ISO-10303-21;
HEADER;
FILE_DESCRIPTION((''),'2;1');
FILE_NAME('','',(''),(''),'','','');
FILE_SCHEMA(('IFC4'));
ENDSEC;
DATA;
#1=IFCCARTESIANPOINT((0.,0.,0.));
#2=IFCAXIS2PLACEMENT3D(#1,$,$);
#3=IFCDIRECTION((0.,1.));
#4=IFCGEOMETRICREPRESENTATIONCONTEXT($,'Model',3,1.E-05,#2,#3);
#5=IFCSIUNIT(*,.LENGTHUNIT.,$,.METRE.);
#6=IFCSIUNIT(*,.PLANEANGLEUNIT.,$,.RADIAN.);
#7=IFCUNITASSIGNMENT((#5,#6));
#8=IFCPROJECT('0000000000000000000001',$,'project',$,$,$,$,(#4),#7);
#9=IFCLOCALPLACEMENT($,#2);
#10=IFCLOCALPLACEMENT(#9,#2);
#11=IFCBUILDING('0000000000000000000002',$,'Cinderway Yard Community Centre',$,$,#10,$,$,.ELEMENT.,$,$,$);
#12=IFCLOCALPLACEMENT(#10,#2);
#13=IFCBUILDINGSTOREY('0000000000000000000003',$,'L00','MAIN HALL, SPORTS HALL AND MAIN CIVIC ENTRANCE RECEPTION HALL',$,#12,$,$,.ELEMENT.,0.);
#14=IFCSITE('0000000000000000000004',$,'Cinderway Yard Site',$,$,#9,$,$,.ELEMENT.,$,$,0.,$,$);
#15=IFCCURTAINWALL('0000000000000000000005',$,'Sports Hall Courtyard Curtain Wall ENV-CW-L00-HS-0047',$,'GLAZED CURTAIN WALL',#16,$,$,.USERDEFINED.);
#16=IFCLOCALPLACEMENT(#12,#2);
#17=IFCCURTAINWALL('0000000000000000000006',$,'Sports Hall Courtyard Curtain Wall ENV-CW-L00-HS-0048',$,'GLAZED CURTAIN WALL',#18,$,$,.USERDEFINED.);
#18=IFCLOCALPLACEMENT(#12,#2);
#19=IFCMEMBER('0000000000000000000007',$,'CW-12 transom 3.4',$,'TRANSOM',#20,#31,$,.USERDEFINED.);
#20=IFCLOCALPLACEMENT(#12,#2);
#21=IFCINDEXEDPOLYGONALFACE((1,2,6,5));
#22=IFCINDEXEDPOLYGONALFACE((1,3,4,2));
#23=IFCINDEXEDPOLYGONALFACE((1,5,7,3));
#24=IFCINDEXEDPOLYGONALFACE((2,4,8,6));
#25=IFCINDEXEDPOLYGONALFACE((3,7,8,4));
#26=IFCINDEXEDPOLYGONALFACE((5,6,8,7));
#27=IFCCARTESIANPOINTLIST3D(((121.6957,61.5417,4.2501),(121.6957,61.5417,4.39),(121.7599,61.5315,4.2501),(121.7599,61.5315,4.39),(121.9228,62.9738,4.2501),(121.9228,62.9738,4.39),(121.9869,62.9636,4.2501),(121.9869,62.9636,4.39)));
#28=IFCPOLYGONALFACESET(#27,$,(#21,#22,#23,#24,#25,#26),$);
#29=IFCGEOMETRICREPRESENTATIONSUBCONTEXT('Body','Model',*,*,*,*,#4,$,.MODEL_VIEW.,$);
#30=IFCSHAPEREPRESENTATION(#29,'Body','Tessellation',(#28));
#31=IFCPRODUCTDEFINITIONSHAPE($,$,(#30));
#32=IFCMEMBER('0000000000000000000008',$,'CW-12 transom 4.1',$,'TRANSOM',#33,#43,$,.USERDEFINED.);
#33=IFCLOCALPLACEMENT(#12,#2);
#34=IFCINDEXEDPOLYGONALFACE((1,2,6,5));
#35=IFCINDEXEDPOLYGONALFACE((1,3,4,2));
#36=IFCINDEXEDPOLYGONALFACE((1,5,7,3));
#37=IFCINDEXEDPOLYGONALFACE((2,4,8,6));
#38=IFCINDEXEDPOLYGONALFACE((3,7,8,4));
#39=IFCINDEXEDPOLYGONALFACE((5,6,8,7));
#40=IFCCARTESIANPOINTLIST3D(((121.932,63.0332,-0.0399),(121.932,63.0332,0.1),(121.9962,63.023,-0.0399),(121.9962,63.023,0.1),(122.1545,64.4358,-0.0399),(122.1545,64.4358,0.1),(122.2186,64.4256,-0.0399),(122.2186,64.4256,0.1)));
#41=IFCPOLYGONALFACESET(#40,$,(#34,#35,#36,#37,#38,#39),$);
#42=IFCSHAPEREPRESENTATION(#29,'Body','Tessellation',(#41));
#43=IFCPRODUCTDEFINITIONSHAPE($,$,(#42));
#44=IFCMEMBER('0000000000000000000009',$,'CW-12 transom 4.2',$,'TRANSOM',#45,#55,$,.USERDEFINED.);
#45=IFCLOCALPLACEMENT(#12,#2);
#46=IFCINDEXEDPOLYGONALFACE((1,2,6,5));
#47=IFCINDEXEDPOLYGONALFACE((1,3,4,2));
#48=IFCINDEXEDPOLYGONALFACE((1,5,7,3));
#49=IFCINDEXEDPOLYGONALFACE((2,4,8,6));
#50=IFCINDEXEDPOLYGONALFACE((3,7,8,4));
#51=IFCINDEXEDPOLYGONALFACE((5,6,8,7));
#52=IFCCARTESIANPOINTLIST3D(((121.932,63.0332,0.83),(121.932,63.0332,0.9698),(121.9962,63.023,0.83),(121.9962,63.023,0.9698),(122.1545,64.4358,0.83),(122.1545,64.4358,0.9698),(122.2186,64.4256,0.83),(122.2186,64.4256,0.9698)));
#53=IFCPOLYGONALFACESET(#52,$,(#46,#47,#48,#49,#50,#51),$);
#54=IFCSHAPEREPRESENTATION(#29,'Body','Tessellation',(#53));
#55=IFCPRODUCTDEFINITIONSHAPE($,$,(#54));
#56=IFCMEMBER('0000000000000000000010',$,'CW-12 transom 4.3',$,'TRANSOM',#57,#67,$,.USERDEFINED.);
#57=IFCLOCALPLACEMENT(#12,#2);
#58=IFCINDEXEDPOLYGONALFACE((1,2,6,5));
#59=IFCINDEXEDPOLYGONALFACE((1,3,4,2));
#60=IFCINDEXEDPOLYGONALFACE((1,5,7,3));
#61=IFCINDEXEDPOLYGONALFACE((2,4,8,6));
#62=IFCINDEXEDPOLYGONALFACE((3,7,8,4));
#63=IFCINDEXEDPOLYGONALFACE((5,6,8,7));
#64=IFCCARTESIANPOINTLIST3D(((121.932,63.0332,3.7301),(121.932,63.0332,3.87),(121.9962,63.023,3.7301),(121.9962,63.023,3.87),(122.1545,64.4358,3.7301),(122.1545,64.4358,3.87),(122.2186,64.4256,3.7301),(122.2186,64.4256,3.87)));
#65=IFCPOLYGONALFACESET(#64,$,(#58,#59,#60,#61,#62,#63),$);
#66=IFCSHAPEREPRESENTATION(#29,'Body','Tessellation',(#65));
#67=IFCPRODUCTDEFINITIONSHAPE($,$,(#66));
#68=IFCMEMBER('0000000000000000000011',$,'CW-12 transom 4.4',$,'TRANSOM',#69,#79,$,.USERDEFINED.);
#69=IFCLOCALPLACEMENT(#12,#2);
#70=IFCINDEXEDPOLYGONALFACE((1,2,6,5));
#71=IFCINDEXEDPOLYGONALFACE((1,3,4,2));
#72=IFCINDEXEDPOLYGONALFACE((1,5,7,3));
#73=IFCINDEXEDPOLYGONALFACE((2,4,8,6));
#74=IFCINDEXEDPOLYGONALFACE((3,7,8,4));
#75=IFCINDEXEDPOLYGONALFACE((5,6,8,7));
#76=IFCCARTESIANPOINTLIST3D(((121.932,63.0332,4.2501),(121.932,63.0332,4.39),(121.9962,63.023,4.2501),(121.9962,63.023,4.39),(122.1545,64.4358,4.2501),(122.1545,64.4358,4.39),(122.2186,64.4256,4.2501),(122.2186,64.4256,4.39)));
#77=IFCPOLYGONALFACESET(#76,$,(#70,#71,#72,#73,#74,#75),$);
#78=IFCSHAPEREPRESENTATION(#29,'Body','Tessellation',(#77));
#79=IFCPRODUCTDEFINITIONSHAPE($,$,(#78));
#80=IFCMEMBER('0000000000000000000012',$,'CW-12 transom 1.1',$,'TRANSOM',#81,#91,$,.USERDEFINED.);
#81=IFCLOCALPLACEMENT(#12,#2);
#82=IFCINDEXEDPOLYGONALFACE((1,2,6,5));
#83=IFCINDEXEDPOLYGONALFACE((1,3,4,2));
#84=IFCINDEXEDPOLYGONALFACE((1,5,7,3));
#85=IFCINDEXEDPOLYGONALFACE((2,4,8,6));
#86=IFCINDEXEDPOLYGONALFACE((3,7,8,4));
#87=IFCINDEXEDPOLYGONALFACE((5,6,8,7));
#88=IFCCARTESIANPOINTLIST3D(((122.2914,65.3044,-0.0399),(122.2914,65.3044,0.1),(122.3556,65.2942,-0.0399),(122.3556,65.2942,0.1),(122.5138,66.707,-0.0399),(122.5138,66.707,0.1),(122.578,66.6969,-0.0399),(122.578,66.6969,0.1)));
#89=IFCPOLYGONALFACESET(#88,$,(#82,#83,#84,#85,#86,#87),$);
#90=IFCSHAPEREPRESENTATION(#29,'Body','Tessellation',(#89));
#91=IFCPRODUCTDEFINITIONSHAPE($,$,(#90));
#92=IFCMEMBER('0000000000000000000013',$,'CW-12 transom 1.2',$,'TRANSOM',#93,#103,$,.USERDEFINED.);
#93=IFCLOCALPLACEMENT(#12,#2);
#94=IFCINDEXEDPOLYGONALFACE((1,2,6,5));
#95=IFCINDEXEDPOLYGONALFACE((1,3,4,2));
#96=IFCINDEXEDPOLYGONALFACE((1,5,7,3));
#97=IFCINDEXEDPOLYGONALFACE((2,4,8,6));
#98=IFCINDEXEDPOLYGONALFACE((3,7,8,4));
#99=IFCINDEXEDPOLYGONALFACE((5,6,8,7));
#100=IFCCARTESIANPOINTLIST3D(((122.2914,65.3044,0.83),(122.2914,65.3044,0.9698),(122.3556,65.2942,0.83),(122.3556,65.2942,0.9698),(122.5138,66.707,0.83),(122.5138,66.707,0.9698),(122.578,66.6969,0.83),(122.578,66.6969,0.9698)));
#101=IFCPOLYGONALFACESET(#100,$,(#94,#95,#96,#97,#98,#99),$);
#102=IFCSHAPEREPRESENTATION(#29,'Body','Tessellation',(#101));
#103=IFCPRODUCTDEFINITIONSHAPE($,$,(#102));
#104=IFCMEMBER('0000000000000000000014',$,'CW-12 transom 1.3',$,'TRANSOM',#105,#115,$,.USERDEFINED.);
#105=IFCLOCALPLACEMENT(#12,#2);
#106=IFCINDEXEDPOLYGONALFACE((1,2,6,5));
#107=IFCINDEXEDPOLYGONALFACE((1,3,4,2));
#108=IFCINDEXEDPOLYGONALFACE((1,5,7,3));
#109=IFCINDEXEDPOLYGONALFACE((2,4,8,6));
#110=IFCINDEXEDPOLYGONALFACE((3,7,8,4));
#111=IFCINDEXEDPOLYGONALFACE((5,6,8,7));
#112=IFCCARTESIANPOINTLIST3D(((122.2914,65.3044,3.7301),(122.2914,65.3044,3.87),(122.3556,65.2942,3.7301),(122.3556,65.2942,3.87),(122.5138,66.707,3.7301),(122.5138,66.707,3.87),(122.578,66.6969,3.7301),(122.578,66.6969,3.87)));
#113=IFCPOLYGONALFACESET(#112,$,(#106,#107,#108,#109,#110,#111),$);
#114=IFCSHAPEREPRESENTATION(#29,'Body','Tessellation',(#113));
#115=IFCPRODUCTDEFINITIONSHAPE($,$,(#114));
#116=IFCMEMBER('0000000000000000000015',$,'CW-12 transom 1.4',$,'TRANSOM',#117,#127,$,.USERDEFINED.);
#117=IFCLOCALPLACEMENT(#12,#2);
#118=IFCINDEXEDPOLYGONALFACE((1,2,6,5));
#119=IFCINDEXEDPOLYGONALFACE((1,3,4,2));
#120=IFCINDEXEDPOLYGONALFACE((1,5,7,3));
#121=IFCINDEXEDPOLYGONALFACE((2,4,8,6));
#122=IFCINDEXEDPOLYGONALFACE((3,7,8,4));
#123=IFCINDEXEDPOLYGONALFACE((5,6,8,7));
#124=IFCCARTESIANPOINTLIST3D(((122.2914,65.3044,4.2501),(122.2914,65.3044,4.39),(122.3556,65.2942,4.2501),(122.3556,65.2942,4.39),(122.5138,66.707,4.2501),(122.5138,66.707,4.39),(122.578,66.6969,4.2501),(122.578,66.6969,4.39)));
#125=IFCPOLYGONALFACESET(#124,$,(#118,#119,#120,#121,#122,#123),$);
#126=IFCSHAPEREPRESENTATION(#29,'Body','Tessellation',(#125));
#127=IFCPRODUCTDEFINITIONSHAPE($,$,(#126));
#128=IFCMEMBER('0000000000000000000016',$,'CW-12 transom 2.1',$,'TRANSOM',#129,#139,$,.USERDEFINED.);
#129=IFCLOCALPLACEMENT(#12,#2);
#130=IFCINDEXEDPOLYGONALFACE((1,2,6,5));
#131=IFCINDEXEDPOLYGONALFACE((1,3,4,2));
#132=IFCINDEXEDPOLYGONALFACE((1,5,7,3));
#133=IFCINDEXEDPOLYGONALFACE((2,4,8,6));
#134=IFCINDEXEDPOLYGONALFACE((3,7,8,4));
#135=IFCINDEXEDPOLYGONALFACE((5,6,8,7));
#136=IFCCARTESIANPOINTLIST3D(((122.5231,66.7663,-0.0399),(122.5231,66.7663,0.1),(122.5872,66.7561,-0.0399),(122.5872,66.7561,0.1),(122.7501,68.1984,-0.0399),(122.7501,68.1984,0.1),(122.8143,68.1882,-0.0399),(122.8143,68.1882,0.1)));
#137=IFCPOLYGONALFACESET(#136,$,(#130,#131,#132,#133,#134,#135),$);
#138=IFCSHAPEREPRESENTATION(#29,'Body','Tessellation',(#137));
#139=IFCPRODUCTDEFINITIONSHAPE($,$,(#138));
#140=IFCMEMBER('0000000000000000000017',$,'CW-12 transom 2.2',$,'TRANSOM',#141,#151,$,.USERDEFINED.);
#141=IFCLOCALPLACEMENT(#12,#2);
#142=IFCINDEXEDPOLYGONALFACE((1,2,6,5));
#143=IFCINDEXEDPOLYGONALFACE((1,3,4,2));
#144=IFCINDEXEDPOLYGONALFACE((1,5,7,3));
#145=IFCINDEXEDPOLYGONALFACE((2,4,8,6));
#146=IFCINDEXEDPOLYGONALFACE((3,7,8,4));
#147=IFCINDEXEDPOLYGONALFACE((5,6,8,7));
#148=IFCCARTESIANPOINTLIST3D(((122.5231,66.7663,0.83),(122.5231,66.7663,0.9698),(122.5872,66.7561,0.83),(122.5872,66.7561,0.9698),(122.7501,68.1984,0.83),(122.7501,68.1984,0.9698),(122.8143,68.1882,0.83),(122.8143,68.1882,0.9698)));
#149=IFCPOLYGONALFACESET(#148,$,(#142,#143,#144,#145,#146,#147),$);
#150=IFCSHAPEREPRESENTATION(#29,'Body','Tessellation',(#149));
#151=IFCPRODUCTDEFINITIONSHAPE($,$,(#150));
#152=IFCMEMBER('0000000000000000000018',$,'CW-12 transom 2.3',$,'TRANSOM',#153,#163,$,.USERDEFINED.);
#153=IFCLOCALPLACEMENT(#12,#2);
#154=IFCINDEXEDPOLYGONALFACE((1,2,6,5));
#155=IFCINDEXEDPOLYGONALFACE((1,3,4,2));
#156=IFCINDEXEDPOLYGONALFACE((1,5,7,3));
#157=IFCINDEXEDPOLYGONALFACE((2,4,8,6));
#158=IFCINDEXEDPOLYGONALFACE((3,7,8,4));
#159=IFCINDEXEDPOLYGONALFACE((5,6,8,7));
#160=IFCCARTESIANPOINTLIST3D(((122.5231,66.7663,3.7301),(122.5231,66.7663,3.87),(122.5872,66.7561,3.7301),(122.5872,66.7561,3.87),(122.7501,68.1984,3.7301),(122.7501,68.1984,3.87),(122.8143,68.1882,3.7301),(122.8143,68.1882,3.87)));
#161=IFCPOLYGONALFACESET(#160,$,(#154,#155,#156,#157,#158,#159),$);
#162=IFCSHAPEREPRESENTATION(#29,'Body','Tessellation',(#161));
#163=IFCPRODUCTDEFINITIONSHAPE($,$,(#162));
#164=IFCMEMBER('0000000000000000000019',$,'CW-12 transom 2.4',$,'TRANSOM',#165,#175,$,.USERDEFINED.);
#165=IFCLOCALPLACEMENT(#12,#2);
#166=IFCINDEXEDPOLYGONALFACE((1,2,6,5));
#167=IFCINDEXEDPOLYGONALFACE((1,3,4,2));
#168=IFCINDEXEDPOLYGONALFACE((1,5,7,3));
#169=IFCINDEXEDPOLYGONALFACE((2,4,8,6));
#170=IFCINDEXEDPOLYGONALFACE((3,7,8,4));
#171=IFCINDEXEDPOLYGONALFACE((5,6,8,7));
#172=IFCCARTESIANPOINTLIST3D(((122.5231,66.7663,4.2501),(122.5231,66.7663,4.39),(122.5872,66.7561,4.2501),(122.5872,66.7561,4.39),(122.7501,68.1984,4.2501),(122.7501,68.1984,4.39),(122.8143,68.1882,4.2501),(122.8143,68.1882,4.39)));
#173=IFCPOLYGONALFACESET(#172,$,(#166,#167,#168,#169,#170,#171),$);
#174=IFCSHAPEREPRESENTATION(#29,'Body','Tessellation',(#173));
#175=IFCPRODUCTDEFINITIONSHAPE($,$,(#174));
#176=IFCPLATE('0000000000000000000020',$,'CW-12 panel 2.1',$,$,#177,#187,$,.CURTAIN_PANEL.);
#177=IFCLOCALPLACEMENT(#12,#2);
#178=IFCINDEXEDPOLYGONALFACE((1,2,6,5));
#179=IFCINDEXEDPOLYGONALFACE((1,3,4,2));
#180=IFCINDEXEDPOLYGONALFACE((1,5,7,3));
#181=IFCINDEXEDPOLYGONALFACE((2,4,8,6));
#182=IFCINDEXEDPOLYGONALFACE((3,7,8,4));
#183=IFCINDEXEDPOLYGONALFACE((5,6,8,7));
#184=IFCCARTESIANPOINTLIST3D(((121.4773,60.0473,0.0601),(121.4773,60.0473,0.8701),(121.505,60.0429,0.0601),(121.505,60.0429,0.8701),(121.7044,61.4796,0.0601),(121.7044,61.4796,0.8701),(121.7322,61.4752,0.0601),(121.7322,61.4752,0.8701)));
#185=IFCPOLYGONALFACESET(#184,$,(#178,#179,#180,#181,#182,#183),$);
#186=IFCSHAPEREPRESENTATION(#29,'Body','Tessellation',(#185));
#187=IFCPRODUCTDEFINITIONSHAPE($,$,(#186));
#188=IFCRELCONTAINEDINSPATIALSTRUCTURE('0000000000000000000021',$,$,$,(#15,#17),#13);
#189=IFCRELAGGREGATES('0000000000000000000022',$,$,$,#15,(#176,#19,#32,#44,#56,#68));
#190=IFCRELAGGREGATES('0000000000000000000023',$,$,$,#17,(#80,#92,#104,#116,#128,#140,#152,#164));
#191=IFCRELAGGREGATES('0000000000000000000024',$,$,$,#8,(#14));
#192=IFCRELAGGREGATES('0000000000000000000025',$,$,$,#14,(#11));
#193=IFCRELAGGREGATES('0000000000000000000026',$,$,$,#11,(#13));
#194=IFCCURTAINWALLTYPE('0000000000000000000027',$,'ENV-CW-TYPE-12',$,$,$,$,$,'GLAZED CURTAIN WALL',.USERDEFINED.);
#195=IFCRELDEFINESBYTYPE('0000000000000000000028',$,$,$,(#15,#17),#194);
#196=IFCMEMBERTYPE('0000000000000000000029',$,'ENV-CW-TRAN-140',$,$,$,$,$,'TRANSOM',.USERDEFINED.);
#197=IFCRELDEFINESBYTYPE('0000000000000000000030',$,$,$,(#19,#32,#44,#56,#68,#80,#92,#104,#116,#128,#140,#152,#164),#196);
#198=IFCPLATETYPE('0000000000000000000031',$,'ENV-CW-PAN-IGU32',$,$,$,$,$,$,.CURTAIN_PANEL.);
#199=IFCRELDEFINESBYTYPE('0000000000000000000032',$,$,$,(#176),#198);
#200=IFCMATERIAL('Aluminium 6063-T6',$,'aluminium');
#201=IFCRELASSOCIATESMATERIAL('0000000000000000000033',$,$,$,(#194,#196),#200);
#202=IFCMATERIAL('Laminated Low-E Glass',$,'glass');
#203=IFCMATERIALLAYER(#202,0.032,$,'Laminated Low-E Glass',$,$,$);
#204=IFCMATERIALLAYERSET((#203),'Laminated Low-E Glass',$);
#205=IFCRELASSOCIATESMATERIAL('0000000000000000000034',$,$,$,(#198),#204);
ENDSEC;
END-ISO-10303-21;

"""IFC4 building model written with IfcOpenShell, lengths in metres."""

from ifc_helpers import new_model, si_unit, direction, frame, origin, origin_2d, place, context, subcontext, project, spatial, rectangle, extrude, material, layer, layer_set, material_profile, profile_set, type_object, element, aggregate, save


model = new_model("IFC4")

# Units and contexts
model_context = context("Model", 3, precision=1e-05, world=origin(), true_north=direction((0.0, 1.0)))
body_context = subcontext(model_context, "Body", "Model", "MODEL_VIEW")
ifc_project = project(units=[si_unit("LENGTHUNIT", "METRE"), si_unit("PLANEANGLEUNIT", "RADIAN")], contexts=[model_context])

# Site, building, storey
site_placement = place(None, origin())
site = spatial("IfcSite", under=ifc_project, at=site_placement, Name="Cinderway Yard Site", CompositionType="ELEMENT", RefElevation=0.0)
building_placement = place(site_placement, origin())
building = spatial("IfcBuilding", under=site, at=building_placement, Name="Cinderway Yard Community Centre", CompositionType="ELEMENT")
storey_placement = place(building_placement, origin())
storey = spatial("IfcBuildingStorey", under=building, at=storey_placement, Name="L00", Description="MAIN HALL, SPORTS HALL AND MAIN CIVIC ENTRANCE RECEPTION HALL", CompositionType="ELEMENT", Elevation=0.0)

# Curtain walls
ifc_material_1 = material(Name="Aluminium 6063-T6", Category="aluminium")
curtain_wall_type = type_object("IfcCurtainWallType", Name="ENV-CW-TYPE-12", ElementType="GLAZED CURTAIN WALL", PredefinedType="USERDEFINED", material=ifc_material_1)
curtain_wall_1_placement = place(storey_placement, origin())
curtain_wall_1 = element("IfcCurtainWall", 1, at=curtain_wall_1_placement, inside=storey, type_object=curtain_wall_type, Name="Sports Hall Courtyard Curtain Wall ENV-CW-L00-HS-0047", ObjectType="GLAZED CURTAIN WALL", PredefinedType="USERDEFINED")
curtain_wall_2_placement = place(storey_placement, origin())
curtain_wall_2 = element("IfcCurtainWall", 2, at=curtain_wall_2_placement, inside=storey, type_object=curtain_wall_type, Name="Sports Hall Courtyard Curtain Wall ENV-CW-L00-HS-0048", ObjectType="GLAZED CURTAIN WALL", PredefinedType="USERDEFINED")

# Members
ifc_material_profile_1 = material_profile(ifc_material_1, rectangle(XDim=0.0649, YDim=0.1399, at=origin_2d()), Name="Aluminium 6063-T6")
ifc_profile_set_1 = profile_set([ifc_material_profile_1], Name="Aluminium 6063-T6")
member_type_1 = type_object("IfcMemberType", Name="ENV-CW-TRAN-140", ElementType="TRANSOM", PredefinedType="USERDEFINED", material=ifc_profile_set_1)
member_1_placement = place(storey_placement, frame((121.7278, 61.5366, 4.3201), z_axis=(0.156585, 0.987664, 0.0), x_axis=(-0.987664, 0.156585, 0.0)))
member_1 = element("IfcMember", 3, at=member_1_placement, type_object=member_type_1, Name="CW-12 transom 3.4", ObjectType="TRANSOM", PredefinedType="USERDEFINED", context=body_context, shape_type="SweptSolid", body=[
    extrude(rectangle(XDim=0.0649, YDim=0.1399, at=origin_2d()), origin(), (0.0, 0.0, 1.0), 1.45),
])
member_2_placement = place(storey_placement, frame((121.9641, 63.0281, 0.03), z_axis=(0.156616, 0.98766, 0.0), x_axis=(-0.98766, 0.156616, 0.0)))
member_2 = element("IfcMember", 4, at=member_2_placement, type_object=member_type_1, Name="CW-12 transom 4.1", ObjectType="TRANSOM", PredefinedType="USERDEFINED", context=body_context, shape_type="SweptSolid", body=[
    extrude(rectangle(XDim=0.0649, YDim=0.1399, at=origin_2d()), origin(), (0.0, 0.0, 1.0), 1.4202),
])
member_3_placement = place(storey_placement, frame((121.9641, 63.0281, 0.8999), z_axis=(0.156616, 0.98766, 0.0), x_axis=(-0.98766, 0.156616, 0.0)))
member_3 = element("IfcMember", 5, at=member_3_placement, type_object=member_type_1, Name="CW-12 transom 4.2", ObjectType="TRANSOM", PredefinedType="USERDEFINED", context=body_context, shape_type="SweptSolid", body=[
    extrude(rectangle(XDim=0.0649, YDim=0.1399, at=origin_2d()), origin(), (0.0, 0.0, 1.0), 1.4202),
])
member_4_placement = place(storey_placement, frame((121.9641, 63.0281, 3.8), z_axis=(0.156616, 0.98766, 0.0), x_axis=(-0.98766, 0.156616, 0.0)))
member_4 = element("IfcMember", 6, at=member_4_placement, type_object=member_type_1, Name="CW-12 transom 4.3", ObjectType="TRANSOM", PredefinedType="USERDEFINED", context=body_context, shape_type="SweptSolid", body=[
    extrude(rectangle(XDim=0.0649, YDim=0.1399, at=origin_2d()), origin(), (0.0, 0.0, 1.0), 1.4202),
])
member_5_placement = place(storey_placement, frame((121.9641, 63.0281, 4.3201), z_axis=(0.156616, 0.98766, 0.0), x_axis=(-0.98766, 0.156616, 0.0)))
member_5 = element("IfcMember", 7, at=member_5_placement, type_object=member_type_1, Name="CW-12 transom 4.4", ObjectType="TRANSOM", PredefinedType="USERDEFINED", context=body_context, shape_type="SweptSolid", body=[
    extrude(rectangle(XDim=0.0649, YDim=0.1399, at=origin_2d()), origin(), (0.0, 0.0, 1.0), 1.4202),
])
member_6_placement = place(storey_placement, frame((122.3235, 65.2993, 0.03), z_axis=(0.156616, 0.98766, 0.0), x_axis=(-0.98766, 0.156616, 0.0)))
member_6 = element("IfcMember", 8, at=member_6_placement, type_object=member_type_1, Name="CW-12 transom 1.1", ObjectType="TRANSOM", PredefinedType="USERDEFINED", context=body_context, shape_type="SweptSolid", body=[
    extrude(rectangle(XDim=0.0649, YDim=0.1399, at=origin_2d()), origin(), (0.0, 0.0, 1.0), 1.4202),
])
member_7_placement = place(storey_placement, frame((122.3235, 65.2993, 0.8999), z_axis=(0.156616, 0.98766, 0.0), x_axis=(-0.98766, 0.156616, 0.0)))
member_7 = element("IfcMember", 9, at=member_7_placement, type_object=member_type_1, Name="CW-12 transom 1.2", ObjectType="TRANSOM", PredefinedType="USERDEFINED", context=body_context, shape_type="SweptSolid", body=[
    extrude(rectangle(XDim=0.0649, YDim=0.1399, at=origin_2d()), origin(), (0.0, 0.0, 1.0), 1.4202),
])
member_8_placement = place(storey_placement, frame((122.3235, 65.2993, 3.8), z_axis=(0.156616, 0.98766, 0.0), x_axis=(-0.98766, 0.156616, 0.0)))
member_8 = element("IfcMember", 10, at=member_8_placement, type_object=member_type_1, Name="CW-12 transom 1.3", ObjectType="TRANSOM", PredefinedType="USERDEFINED", context=body_context, shape_type="SweptSolid", body=[
    extrude(rectangle(XDim=0.0649, YDim=0.1399, at=origin_2d()), origin(), (0.0, 0.0, 1.0), 1.4202),
])
member_9_placement = place(storey_placement, frame((122.3235, 65.2993, 4.3201), z_axis=(0.156616, 0.98766, 0.0), x_axis=(-0.98766, 0.156616, 0.0)))
member_9 = element("IfcMember", 11, at=member_9_placement, type_object=member_type_1, Name="CW-12 transom 1.4", ObjectType="TRANSOM", PredefinedType="USERDEFINED", context=body_context, shape_type="SweptSolid", body=[
    extrude(rectangle(XDim=0.0649, YDim=0.1399, at=origin_2d()), origin(), (0.0, 0.0, 1.0), 1.4202),
])
member_10_placement = place(storey_placement, frame((122.5552, 66.7612, 0.03), z_axis=(0.156585, 0.987664, 0.0), x_axis=(-0.987664, 0.156585, 0.0)))
member_10 = element("IfcMember", 12, at=member_10_placement, type_object=member_type_1, Name="CW-12 transom 2.1", ObjectType="TRANSOM", PredefinedType="USERDEFINED", context=body_context, shape_type="SweptSolid", body=[
    extrude(rectangle(XDim=0.0649, YDim=0.1399, at=origin_2d()), origin(), (0.0, 0.0, 1.0), 1.45),
])
member_11_placement = place(storey_placement, frame((122.5552, 66.7612, 0.8999), z_axis=(0.156585, 0.987664, 0.0), x_axis=(-0.987664, 0.156585, 0.0)))
member_11 = element("IfcMember", 13, at=member_11_placement, type_object=member_type_1, Name="CW-12 transom 2.2", ObjectType="TRANSOM", PredefinedType="USERDEFINED", context=body_context, shape_type="SweptSolid", body=[
    extrude(rectangle(XDim=0.0649, YDim=0.1399, at=origin_2d()), origin(), (0.0, 0.0, 1.0), 1.45),
])
member_12_placement = place(storey_placement, frame((122.5552, 66.7612, 3.8), z_axis=(0.156585, 0.987664, 0.0), x_axis=(-0.987664, 0.156585, 0.0)))
member_12 = element("IfcMember", 14, at=member_12_placement, type_object=member_type_1, Name="CW-12 transom 2.3", ObjectType="TRANSOM", PredefinedType="USERDEFINED", context=body_context, shape_type="SweptSolid", body=[
    extrude(rectangle(XDim=0.0649, YDim=0.1399, at=origin_2d()), origin(), (0.0, 0.0, 1.0), 1.45),
])
member_13_placement = place(storey_placement, frame((122.5552, 66.7612, 4.3201), z_axis=(0.156585, 0.987664, 0.0), x_axis=(-0.987664, 0.156585, 0.0)))
member_13 = element("IfcMember", 15, at=member_13_placement, type_object=member_type_1, Name="CW-12 transom 2.4", ObjectType="TRANSOM", PredefinedType="USERDEFINED", context=body_context, shape_type="SweptSolid", body=[
    extrude(rectangle(XDim=0.0649, YDim=0.1399, at=origin_2d()), origin(), (0.0, 0.0, 1.0), 1.45),
])

# Plate
ifc_material_2 = material(Name="Laminated Low-E Glass", Category="glass")
ifc_layer = layer(ifc_material_2, 0.032, Name="Laminated Low-E Glass")
ifc_layer_set = layer_set([ifc_layer], Name="Laminated Low-E Glass")
plate_type = type_object("IfcPlateType", Name="ENV-CW-PAN-IGU32", PredefinedType="CURTAIN_PANEL", material=ifc_layer_set)
plate_1_placement = place(storey_placement, frame((121.6047, 60.7612, 0.0601), z_axis=(0.0, 0.0, 1.0), x_axis=(0.156609, 0.987661, 0.0)))
plate_1 = element("IfcPlate", 16, at=plate_1_placement, type_object=plate_type, Name="CW-12 panel 2.1", PredefinedType="CURTAIN_PANEL", context=body_context, shape_type="SweptSolid", body=[
    extrude(rectangle(XDim=1.4502, YDim=0.0281, at=origin_2d()), origin(), (0.0, 0.0, 1.0), 0.8101),
])
aggregate(curtain_wall_1, [plate_1, member_1, member_2, member_3, member_4, member_5])
aggregate(curtain_wall_2, [member_6, member_7, member_8, member_9, member_10, member_11, member_12, member_13])

save(model, "model.ifc")
